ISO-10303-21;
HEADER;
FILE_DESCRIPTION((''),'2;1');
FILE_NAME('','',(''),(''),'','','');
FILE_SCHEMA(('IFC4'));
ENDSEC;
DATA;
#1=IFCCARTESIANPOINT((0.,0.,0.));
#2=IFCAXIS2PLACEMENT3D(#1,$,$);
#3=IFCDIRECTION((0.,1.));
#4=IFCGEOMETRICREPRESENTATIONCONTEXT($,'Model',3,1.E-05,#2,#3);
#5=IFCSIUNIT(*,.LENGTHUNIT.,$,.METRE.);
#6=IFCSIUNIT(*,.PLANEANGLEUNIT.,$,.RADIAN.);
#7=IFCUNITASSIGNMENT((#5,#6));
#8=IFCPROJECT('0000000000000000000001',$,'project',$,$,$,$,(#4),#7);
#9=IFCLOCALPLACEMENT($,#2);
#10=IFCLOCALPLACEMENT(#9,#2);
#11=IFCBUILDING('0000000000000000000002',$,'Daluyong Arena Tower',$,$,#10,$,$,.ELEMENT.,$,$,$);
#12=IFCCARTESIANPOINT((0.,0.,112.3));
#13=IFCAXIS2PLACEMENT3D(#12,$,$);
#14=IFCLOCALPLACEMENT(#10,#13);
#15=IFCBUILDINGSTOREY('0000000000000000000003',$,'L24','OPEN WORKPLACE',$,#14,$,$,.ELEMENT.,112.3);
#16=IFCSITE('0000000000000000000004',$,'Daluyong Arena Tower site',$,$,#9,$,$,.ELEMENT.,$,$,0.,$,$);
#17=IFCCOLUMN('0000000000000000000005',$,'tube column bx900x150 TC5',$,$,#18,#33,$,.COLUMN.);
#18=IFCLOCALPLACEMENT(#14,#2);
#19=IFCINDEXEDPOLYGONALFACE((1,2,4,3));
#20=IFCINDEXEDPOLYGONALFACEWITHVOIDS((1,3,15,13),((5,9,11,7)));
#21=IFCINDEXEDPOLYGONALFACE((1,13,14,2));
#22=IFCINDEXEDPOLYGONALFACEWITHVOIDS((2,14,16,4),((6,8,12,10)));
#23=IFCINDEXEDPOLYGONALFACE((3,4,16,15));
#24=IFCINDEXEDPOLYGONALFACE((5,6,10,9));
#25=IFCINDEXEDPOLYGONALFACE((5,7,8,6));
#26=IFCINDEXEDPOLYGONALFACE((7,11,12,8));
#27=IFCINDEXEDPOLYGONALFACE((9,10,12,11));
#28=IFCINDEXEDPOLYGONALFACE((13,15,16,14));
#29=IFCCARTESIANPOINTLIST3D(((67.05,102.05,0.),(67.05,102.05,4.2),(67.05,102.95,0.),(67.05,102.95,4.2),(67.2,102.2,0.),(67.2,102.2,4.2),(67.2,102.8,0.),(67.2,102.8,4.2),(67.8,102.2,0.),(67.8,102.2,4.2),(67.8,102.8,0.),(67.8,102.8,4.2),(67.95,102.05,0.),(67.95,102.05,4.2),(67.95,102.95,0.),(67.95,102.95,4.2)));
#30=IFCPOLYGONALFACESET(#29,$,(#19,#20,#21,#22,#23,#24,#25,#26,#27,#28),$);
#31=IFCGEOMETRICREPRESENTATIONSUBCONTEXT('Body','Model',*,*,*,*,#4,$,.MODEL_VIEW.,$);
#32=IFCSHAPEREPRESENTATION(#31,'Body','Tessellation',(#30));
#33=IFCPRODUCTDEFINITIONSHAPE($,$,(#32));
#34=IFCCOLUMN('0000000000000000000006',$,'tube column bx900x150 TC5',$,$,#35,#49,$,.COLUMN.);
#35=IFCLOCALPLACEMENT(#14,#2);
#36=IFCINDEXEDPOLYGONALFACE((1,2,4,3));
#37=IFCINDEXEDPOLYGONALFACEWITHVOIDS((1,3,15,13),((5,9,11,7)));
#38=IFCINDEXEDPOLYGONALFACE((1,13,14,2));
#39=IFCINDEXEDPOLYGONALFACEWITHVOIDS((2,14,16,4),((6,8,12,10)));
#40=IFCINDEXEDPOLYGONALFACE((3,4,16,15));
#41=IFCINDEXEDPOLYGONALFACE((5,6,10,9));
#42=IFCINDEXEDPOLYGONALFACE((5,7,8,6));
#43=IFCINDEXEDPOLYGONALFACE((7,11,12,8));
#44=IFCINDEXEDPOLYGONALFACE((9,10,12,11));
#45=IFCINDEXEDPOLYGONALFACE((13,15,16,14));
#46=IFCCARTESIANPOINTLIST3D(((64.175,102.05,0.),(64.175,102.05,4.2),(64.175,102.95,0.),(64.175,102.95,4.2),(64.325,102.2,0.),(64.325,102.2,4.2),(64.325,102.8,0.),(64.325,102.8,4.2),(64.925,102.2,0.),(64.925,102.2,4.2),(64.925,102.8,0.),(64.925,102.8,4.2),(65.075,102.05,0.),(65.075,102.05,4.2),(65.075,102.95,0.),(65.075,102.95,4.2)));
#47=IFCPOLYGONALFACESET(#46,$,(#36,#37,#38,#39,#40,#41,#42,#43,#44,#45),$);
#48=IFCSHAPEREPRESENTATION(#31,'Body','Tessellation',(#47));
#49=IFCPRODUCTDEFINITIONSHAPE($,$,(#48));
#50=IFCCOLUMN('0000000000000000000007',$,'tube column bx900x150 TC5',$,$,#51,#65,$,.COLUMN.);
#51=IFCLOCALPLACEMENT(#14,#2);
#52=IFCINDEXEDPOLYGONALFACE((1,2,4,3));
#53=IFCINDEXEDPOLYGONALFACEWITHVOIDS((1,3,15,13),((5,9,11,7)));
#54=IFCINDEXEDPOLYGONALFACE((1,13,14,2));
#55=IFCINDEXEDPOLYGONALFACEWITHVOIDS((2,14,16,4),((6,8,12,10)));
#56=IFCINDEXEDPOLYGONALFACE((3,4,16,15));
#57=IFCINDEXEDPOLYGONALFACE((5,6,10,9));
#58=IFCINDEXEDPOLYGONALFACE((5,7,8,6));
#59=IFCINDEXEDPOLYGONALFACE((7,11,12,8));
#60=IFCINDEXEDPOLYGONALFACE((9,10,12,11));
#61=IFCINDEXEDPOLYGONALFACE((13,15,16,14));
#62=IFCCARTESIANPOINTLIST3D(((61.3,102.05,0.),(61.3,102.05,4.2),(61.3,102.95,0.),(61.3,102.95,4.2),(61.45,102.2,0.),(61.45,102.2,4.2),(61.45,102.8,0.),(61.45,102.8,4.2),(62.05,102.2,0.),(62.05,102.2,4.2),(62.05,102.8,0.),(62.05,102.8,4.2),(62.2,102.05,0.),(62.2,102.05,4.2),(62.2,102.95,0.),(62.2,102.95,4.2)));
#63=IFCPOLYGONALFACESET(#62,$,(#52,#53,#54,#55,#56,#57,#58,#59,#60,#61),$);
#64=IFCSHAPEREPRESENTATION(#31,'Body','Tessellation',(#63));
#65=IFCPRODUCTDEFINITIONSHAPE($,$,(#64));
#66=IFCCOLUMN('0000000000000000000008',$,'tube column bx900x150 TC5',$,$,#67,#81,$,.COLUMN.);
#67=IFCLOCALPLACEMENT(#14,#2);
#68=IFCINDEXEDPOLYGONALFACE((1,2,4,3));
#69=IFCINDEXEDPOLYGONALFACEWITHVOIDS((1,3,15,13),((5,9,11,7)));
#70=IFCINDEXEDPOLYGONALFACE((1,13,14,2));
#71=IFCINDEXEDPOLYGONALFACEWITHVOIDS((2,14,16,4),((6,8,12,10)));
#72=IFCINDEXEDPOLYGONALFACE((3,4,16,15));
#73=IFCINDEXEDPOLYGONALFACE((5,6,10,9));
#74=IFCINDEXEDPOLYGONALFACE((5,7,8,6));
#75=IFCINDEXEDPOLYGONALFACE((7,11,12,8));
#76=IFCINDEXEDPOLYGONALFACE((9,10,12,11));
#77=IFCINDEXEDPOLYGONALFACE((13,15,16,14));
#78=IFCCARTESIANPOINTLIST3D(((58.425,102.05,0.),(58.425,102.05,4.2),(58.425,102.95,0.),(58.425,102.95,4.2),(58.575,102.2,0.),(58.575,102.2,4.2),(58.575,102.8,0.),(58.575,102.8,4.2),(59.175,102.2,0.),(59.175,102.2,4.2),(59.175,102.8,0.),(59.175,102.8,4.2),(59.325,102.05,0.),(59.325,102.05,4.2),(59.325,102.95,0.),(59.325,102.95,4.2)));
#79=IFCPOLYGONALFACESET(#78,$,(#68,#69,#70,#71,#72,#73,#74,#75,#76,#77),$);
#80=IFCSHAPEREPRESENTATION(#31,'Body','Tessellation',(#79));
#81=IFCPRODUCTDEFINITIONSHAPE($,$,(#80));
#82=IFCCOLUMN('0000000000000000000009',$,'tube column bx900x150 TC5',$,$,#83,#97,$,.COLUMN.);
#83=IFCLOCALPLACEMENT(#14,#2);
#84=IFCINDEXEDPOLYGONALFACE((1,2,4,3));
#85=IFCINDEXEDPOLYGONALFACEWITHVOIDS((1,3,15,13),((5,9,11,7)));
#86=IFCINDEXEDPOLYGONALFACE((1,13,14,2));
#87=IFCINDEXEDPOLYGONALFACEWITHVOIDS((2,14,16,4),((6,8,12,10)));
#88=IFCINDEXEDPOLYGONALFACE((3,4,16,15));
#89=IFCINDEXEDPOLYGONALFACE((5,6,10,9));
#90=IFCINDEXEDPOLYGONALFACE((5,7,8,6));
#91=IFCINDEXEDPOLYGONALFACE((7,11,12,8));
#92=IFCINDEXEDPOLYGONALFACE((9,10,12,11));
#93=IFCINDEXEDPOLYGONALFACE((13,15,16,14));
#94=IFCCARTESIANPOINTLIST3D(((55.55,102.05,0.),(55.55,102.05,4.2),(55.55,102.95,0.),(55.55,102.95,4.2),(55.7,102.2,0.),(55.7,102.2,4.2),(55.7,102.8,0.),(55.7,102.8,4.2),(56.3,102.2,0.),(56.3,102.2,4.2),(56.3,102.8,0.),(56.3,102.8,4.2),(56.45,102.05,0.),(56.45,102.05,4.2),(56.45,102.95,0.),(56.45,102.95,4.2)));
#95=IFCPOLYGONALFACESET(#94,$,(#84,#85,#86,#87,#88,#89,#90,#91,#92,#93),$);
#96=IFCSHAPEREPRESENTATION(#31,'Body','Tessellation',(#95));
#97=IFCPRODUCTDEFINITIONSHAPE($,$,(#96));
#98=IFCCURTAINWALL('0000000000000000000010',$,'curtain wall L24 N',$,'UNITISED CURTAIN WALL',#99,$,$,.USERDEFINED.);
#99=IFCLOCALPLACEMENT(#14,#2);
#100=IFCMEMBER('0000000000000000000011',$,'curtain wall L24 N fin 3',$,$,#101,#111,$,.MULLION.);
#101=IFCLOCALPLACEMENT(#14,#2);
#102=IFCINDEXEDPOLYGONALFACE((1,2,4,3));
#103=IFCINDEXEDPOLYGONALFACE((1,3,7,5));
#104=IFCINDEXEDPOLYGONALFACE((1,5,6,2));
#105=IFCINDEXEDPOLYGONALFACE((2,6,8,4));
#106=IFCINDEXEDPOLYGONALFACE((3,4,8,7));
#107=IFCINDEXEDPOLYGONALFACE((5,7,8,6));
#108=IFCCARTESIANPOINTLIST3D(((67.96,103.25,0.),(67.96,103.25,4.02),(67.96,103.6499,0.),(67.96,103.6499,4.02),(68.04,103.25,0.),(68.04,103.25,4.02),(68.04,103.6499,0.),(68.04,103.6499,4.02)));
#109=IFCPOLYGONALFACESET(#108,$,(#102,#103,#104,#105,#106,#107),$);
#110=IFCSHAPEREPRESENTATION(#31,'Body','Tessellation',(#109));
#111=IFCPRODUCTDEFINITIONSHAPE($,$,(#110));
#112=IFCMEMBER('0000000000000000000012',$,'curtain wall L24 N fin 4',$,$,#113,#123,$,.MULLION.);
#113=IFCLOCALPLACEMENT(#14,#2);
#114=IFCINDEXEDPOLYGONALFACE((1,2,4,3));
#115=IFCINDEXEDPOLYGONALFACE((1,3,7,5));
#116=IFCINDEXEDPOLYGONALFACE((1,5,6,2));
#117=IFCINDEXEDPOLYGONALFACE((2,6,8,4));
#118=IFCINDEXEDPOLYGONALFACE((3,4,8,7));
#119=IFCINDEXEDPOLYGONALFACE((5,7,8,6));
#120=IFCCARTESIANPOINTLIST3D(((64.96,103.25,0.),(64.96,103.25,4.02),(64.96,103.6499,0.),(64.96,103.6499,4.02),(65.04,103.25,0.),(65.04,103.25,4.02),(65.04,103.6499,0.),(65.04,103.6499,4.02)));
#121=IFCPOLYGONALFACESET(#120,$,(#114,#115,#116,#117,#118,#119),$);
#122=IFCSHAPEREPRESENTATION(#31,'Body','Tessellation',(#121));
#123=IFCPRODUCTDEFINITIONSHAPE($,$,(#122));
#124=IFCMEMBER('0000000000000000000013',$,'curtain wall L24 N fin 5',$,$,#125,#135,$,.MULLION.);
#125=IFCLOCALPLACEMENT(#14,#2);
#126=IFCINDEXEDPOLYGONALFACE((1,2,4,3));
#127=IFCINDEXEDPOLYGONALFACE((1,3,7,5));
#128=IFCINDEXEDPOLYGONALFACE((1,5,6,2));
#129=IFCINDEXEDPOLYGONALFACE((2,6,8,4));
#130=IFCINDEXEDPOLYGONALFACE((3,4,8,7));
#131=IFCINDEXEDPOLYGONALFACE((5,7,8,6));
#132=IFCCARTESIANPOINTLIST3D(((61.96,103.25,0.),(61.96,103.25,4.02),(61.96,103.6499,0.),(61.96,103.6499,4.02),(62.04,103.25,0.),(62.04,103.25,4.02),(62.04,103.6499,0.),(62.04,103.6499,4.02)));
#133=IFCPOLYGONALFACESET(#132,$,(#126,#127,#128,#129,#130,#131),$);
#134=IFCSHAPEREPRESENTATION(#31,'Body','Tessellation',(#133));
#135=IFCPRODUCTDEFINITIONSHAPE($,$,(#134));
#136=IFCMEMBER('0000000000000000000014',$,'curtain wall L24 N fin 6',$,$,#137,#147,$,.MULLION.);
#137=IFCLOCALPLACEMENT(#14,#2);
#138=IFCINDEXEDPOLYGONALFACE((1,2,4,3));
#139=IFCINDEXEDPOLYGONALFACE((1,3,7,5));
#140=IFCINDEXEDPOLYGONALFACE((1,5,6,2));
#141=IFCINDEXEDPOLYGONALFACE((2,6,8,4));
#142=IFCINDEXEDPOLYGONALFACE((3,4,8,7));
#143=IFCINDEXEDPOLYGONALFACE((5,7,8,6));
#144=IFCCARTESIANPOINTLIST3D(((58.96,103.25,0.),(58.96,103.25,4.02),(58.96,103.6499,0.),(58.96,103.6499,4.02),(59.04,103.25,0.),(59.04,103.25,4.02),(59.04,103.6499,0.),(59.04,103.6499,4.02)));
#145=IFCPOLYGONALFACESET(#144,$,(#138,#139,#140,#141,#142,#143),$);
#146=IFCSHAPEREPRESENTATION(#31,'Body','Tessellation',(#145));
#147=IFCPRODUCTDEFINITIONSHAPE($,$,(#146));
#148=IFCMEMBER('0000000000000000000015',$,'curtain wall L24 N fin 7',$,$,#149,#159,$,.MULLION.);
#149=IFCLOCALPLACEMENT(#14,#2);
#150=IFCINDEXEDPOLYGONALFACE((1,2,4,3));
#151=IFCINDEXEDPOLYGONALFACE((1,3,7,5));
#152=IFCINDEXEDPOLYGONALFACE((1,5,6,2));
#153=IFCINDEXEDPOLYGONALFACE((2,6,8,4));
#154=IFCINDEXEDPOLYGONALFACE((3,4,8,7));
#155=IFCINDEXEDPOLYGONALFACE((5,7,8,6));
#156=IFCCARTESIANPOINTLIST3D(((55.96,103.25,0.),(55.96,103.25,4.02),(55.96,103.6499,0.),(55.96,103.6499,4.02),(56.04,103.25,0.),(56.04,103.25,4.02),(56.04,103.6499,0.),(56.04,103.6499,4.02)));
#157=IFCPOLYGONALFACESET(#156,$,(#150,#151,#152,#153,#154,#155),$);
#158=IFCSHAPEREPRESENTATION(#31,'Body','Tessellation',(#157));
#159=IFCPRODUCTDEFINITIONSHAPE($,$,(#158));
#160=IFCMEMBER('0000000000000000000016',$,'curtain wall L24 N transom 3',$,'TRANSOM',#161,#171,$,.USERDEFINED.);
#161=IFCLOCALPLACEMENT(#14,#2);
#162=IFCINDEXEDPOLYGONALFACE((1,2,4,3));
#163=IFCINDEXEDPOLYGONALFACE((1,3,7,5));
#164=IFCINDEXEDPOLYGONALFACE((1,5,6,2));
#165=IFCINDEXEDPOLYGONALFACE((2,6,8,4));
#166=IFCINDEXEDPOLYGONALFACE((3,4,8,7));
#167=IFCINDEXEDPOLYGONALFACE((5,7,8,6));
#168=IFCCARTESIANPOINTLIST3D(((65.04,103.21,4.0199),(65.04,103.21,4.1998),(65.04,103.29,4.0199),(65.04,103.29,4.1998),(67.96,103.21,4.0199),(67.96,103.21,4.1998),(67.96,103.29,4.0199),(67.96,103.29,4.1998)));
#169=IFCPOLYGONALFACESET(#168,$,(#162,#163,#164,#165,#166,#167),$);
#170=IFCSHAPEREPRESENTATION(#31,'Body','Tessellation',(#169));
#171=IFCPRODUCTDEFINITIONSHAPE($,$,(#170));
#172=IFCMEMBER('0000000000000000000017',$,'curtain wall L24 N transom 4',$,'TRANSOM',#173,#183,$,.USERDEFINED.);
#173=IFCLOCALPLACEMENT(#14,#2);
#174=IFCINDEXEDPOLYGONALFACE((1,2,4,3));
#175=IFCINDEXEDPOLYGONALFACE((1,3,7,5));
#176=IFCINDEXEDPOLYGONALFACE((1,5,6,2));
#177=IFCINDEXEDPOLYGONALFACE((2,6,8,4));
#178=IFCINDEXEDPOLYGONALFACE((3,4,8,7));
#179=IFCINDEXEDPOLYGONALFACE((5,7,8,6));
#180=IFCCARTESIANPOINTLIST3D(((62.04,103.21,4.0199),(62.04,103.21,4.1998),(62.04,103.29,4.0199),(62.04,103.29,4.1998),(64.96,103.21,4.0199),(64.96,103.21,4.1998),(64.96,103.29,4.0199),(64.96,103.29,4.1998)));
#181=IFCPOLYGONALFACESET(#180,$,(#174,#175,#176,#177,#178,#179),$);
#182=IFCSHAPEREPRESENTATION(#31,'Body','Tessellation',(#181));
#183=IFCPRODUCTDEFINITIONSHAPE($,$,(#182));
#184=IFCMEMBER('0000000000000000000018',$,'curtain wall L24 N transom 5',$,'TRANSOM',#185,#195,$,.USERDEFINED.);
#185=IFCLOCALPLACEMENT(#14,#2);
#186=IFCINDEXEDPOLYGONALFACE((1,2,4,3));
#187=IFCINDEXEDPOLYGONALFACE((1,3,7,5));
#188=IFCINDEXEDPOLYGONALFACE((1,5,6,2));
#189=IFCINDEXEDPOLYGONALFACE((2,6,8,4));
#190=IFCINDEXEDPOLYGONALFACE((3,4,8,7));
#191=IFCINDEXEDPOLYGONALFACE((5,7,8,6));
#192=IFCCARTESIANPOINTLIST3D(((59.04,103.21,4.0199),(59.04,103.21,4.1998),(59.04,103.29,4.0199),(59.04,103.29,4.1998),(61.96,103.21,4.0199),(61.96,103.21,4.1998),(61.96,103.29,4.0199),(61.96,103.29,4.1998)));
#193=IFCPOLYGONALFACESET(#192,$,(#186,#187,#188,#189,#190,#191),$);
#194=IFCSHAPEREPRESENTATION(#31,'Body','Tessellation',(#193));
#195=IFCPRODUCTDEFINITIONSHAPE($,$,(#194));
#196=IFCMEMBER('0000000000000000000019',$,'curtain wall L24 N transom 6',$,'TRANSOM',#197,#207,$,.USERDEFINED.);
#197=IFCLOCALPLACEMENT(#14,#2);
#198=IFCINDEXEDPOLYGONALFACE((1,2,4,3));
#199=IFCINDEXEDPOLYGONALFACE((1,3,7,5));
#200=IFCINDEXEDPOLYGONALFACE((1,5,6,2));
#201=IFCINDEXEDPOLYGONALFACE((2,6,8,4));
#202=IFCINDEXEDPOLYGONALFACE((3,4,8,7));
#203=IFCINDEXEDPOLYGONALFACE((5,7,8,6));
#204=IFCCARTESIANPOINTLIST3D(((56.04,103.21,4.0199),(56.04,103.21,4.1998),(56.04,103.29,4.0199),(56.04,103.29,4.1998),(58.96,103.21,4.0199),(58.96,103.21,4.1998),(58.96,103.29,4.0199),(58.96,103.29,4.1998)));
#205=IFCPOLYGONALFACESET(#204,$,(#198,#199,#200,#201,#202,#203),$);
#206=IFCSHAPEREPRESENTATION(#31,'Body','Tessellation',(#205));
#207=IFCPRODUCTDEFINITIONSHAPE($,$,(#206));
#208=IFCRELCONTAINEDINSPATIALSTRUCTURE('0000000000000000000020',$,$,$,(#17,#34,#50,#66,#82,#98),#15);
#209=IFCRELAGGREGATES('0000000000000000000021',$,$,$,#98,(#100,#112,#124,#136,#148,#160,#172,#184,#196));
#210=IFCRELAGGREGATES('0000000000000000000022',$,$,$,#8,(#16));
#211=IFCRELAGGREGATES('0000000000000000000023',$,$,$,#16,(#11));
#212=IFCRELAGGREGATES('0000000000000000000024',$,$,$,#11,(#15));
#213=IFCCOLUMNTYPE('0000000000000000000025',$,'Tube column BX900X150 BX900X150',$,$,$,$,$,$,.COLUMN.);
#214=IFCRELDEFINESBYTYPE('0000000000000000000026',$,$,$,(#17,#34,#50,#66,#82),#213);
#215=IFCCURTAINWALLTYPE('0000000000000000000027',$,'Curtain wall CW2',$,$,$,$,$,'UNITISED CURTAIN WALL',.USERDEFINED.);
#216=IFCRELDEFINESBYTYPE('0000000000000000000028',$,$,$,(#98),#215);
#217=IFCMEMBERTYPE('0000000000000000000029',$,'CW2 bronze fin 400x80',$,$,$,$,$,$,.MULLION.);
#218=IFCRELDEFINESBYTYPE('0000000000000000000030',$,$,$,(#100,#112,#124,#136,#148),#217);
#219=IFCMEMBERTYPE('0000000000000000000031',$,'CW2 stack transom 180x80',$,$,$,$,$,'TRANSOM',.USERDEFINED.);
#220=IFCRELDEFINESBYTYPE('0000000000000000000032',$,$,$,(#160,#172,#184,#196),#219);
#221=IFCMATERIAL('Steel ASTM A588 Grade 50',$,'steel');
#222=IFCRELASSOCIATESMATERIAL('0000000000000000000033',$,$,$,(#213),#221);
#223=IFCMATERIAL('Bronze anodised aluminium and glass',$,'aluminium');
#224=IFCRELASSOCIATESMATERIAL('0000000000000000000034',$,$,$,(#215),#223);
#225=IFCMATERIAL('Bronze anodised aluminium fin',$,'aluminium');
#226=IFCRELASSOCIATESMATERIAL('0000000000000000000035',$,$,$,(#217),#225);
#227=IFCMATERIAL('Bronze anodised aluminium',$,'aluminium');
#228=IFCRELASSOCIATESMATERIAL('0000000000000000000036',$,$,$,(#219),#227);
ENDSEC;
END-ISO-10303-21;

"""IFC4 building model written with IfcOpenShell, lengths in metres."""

from ifc_helpers import new_model, si_unit, direction, frame, origin, origin_2d, place, context, subcontext, project, spatial, rectangle, hollow_rectangle, extrude, material, material_profile, profile_set, type_object, element, aggregate, save


model = new_model("IFC4")

# Units and contexts
model_context = context("Model", 3, precision=1e-05, world=origin(), true_north=direction((0.0, 1.0)))
body_context = subcontext(model_context, "Body", "Model", "MODEL_VIEW")
ifc_project = project(units=[si_unit("LENGTHUNIT", "METRE"), si_unit("PLANEANGLEUNIT", "RADIAN")], contexts=[model_context])

# Site, building, storey
site_placement = place(None, origin())
site = spatial("IfcSite", under=ifc_project, at=site_placement, Name="Daluyong Arena Tower site", CompositionType="ELEMENT", RefElevation=0.0)
building_placement = place(site_placement, origin())
building = spatial("IfcBuilding", under=site, at=building_placement, Name="Daluyong Arena Tower", CompositionType="ELEMENT")
storey_placement = place(building_placement, frame((0.0, 0.0, 112.3)))
storey = spatial("IfcBuildingStorey", under=building, at=storey_placement, Name="L24", Description="OPEN WORKPLACE", CompositionType="ELEMENT", Elevation=112.3)

# Columns
ifc_material_1 = material(Name="Steel ASTM A588 Grade 50", Category="steel")
ifc_material_profile_1 = material_profile(ifc_material_1, hollow_rectangle(XDim=0.8999, YDim=0.8999, WallThickness=0.15, at=origin_2d()))
ifc_profile_set_1 = profile_set([ifc_material_profile_1], Name="Steel ASTM A588 Grade 50")
column_type = type_object("IfcColumnType", Name="Tube column BX900X150 BX900X150", PredefinedType="COLUMN", material=ifc_profile_set_1)
for number, where, z_axis, x_axis, name in (
    (1, (67.5, 102.5, 0.0), (0.0, 0.0, 1.0), (1.0, 0.0, 0.0), "tube column bx900x150 TC5"),
    (2, (64.625, 102.5, 0.0), (0.0, 0.0, 1.0), (1.0, 0.0, 0.0), "tube column bx900x150 TC5"),
    (3, (61.75, 102.5, 0.0), (0.0, 0.0, 1.0), (1.0, 0.0, 0.0), "tube column bx900x150 TC5"),
    (4, (58.875, 102.5, 0.0), (0.0, 0.0, 1.0), (1.0, 0.0, 0.0), "tube column bx900x150 TC5"),
    (5, (56.0, 102.5, 0.0), (0.0, 0.0, 1.0), (1.0, 0.0, 0.0), "tube column bx900x150 TC5"),
):
    element("IfcColumn", number, at=place(storey_placement, frame(where, z_axis=z_axis, x_axis=x_axis)), inside=storey, type_object=column_type, Name=name, PredefinedType="COLUMN", context=body_context, shape_type="SweptSolid", body=[
        extrude(hollow_rectangle(XDim=0.8999, YDim=0.8999, WallThickness=0.15, at=origin_2d()), origin(), (0.0, 0.0, 1.0), 4.2),
    ])

# Curtain wall, members
ifc_material_2 = material(Name="Bronze anodised aluminium and glass", Category="aluminium")
curtain_wall_type = type_object("IfcCurtainWallType", Name="Curtain wall CW2", ElementType="UNITISED CURTAIN WALL", PredefinedType="USERDEFINED", material=ifc_material_2)
curtain_wall_placement = place(storey_placement, origin())
curtain_wall = element("IfcCurtainWall", 6, at=curtain_wall_placement, inside=storey, type_object=curtain_wall_type, Name="curtain wall L24 N", ObjectType="UNITISED CURTAIN WALL", PredefinedType="USERDEFINED")
ifc_material_3 = material(Name="Bronze anodised aluminium fin", Category="aluminium")
ifc_material_profile_2 = material_profile(ifc_material_3, rectangle(XDim=0.3999, YDim=0.0801, at=origin_2d()))
ifc_profile_set_2 = profile_set([ifc_material_profile_2], Name="Bronze anodised aluminium fin")
member_type_1 = type_object("IfcMemberType", Name="CW2 bronze fin 400x80", PredefinedType="MULLION", material=ifc_profile_set_2)
member_1_placement = place(storey_placement, frame((68.0, 103.45, 0.0), z_axis=(0.0, 0.0, 1.0), x_axis=(0.0, -1.0, 0.0)))
member_1 = element("IfcMember", 7, at=member_1_placement, type_object=member_type_1, Name="curtain wall L24 N fin 3", PredefinedType="MULLION", context=body_context, shape_type="SweptSolid", body=[
    extrude(rectangle(XDim=0.3999, YDim=0.0801, at=origin_2d()), origin(), (0.0, 0.0, 1.0), 4.02),
])
member_2_placement = place(storey_placement, frame((65.0, 103.45, 0.0), z_axis=(0.0, 0.0, 1.0), x_axis=(0.0, -1.0, 0.0)))
member_2 = element("IfcMember", 8, at=member_2_placement, type_object=member_type_1, Name="curtain wall L24 N fin 4", PredefinedType="MULLION", context=body_context, shape_type="SweptSolid", body=[
    extrude(rectangle(XDim=0.3999, YDim=0.0801, at=origin_2d()), origin(), (0.0, 0.0, 1.0), 4.02),
])
member_3_placement = place(storey_placement, frame((62.0, 103.45, 0.0), z_axis=(0.0, 0.0, 1.0), x_axis=(0.0, -1.0, 0.0)))
member_3 = element("IfcMember", 9, at=member_3_placement, type_object=member_type_1, Name="curtain wall L24 N fin 5", PredefinedType="MULLION", context=body_context, shape_type="SweptSolid", body=[
    extrude(rectangle(XDim=0.3999, YDim=0.0801, at=origin_2d()), origin(), (0.0, 0.0, 1.0), 4.02),
])
member_4_placement = place(storey_placement, frame((59.0, 103.45, 0.0), z_axis=(0.0, 0.0, 1.0), x_axis=(0.0, -1.0, 0.0)))
member_4 = element("IfcMember", 10, at=member_4_placement, type_object=member_type_1, Name="curtain wall L24 N fin 6", PredefinedType="MULLION", context=body_context, shape_type="SweptSolid", body=[
    extrude(rectangle(XDim=0.3999, YDim=0.0801, at=origin_2d()), origin(), (0.0, 0.0, 1.0), 4.02),
])
member_5_placement = place(storey_placement, frame((56.0, 103.45, 0.0), z_axis=(0.0, 0.0, 1.0), x_axis=(0.0, -1.0, 0.0)))
member_5 = element("IfcMember", 11, at=member_5_placement, type_object=member_type_1, Name="curtain wall L24 N fin 7", PredefinedType="MULLION", context=body_context, shape_type="SweptSolid", body=[
    extrude(rectangle(XDim=0.3999, YDim=0.0801, at=origin_2d()), origin(), (0.0, 0.0, 1.0), 4.02),
])
ifc_material_4 = material(Name="Bronze anodised aluminium", Category="aluminium")
ifc_material_profile_3 = material_profile(ifc_material_4, rectangle(XDim=0.0801, YDim=0.1799, at=origin_2d()))
ifc_profile_set_3 = profile_set([ifc_material_profile_3], Name="Bronze anodised aluminium")
member_type_2 = type_object("IfcMemberType", Name="CW2 stack transom 180x80", ElementType="TRANSOM", PredefinedType="USERDEFINED", material=ifc_profile_set_3)
member_6_placement = place(storey_placement, frame((67.96, 103.25, 4.1099), z_axis=(-1.0, 0.0, 0.0), x_axis=(0.0, -1.0, 0.0)))
member_6 = element("IfcMember", 12, at=member_6_placement, type_object=member_type_2, Name="curtain wall L24 N transom 3", ObjectType="TRANSOM", PredefinedType="USERDEFINED", context=body_context, shape_type="SweptSolid", body=[
    extrude(rectangle(XDim=0.0801, YDim=0.1799, at=origin_2d()), origin(), (0.0, 0.0, 1.0), 2.9199),
])
member_7_placement = place(storey_placement, frame((64.96, 103.25, 4.1099), z_axis=(-1.0, 0.0, 0.0), x_axis=(0.0, -1.0, 0.0)))
member_7 = element("IfcMember", 13, at=member_7_placement, type_object=member_type_2, Name="curtain wall L24 N transom 4", ObjectType="TRANSOM", PredefinedType="USERDEFINED", context=body_context, shape_type="SweptSolid", body=[
    extrude(rectangle(XDim=0.0801, YDim=0.1799, at=origin_2d()), origin(), (0.0, 0.0, 1.0), 2.9199),
])
member_8_placement = place(storey_placement, frame((61.96, 103.25, 4.1099), z_axis=(-1.0, 0.0, 0.0), x_axis=(0.0, -1.0, 0.0)))
member_8 = element("IfcMember", 14, at=member_8_placement, type_object=member_type_2, Name="curtain wall L24 N transom 5", ObjectType="TRANSOM", PredefinedType="USERDEFINED", context=body_context, shape_type="SweptSolid", body=[
    extrude(rectangle(XDim=0.0801, YDim=0.1799, at=origin_2d()), origin(), (0.0, 0.0, 1.0), 2.9199),
])
member_9_placement = place(storey_placement, frame((58.96, 103.25, 4.1099), z_axis=(-1.0, 0.0, 0.0), x_axis=(0.0, -1.0, 0.0)))
member_9 = element("IfcMember", 15, at=member_9_placement, type_object=member_type_2, Name="curtain wall L24 N transom 6", ObjectType="TRANSOM", PredefinedType="USERDEFINED", context=body_context, shape_type="SweptSolid", body=[
    extrude(rectangle(XDim=0.0801, YDim=0.1799, at=origin_2d()), origin(), (0.0, 0.0, 1.0), 2.9199),
])

aggregate(curtain_wall, [member_1, member_2, member_3, member_4, member_5, member_6, member_7, member_8, member_9])

save(model, "model.ifc")
